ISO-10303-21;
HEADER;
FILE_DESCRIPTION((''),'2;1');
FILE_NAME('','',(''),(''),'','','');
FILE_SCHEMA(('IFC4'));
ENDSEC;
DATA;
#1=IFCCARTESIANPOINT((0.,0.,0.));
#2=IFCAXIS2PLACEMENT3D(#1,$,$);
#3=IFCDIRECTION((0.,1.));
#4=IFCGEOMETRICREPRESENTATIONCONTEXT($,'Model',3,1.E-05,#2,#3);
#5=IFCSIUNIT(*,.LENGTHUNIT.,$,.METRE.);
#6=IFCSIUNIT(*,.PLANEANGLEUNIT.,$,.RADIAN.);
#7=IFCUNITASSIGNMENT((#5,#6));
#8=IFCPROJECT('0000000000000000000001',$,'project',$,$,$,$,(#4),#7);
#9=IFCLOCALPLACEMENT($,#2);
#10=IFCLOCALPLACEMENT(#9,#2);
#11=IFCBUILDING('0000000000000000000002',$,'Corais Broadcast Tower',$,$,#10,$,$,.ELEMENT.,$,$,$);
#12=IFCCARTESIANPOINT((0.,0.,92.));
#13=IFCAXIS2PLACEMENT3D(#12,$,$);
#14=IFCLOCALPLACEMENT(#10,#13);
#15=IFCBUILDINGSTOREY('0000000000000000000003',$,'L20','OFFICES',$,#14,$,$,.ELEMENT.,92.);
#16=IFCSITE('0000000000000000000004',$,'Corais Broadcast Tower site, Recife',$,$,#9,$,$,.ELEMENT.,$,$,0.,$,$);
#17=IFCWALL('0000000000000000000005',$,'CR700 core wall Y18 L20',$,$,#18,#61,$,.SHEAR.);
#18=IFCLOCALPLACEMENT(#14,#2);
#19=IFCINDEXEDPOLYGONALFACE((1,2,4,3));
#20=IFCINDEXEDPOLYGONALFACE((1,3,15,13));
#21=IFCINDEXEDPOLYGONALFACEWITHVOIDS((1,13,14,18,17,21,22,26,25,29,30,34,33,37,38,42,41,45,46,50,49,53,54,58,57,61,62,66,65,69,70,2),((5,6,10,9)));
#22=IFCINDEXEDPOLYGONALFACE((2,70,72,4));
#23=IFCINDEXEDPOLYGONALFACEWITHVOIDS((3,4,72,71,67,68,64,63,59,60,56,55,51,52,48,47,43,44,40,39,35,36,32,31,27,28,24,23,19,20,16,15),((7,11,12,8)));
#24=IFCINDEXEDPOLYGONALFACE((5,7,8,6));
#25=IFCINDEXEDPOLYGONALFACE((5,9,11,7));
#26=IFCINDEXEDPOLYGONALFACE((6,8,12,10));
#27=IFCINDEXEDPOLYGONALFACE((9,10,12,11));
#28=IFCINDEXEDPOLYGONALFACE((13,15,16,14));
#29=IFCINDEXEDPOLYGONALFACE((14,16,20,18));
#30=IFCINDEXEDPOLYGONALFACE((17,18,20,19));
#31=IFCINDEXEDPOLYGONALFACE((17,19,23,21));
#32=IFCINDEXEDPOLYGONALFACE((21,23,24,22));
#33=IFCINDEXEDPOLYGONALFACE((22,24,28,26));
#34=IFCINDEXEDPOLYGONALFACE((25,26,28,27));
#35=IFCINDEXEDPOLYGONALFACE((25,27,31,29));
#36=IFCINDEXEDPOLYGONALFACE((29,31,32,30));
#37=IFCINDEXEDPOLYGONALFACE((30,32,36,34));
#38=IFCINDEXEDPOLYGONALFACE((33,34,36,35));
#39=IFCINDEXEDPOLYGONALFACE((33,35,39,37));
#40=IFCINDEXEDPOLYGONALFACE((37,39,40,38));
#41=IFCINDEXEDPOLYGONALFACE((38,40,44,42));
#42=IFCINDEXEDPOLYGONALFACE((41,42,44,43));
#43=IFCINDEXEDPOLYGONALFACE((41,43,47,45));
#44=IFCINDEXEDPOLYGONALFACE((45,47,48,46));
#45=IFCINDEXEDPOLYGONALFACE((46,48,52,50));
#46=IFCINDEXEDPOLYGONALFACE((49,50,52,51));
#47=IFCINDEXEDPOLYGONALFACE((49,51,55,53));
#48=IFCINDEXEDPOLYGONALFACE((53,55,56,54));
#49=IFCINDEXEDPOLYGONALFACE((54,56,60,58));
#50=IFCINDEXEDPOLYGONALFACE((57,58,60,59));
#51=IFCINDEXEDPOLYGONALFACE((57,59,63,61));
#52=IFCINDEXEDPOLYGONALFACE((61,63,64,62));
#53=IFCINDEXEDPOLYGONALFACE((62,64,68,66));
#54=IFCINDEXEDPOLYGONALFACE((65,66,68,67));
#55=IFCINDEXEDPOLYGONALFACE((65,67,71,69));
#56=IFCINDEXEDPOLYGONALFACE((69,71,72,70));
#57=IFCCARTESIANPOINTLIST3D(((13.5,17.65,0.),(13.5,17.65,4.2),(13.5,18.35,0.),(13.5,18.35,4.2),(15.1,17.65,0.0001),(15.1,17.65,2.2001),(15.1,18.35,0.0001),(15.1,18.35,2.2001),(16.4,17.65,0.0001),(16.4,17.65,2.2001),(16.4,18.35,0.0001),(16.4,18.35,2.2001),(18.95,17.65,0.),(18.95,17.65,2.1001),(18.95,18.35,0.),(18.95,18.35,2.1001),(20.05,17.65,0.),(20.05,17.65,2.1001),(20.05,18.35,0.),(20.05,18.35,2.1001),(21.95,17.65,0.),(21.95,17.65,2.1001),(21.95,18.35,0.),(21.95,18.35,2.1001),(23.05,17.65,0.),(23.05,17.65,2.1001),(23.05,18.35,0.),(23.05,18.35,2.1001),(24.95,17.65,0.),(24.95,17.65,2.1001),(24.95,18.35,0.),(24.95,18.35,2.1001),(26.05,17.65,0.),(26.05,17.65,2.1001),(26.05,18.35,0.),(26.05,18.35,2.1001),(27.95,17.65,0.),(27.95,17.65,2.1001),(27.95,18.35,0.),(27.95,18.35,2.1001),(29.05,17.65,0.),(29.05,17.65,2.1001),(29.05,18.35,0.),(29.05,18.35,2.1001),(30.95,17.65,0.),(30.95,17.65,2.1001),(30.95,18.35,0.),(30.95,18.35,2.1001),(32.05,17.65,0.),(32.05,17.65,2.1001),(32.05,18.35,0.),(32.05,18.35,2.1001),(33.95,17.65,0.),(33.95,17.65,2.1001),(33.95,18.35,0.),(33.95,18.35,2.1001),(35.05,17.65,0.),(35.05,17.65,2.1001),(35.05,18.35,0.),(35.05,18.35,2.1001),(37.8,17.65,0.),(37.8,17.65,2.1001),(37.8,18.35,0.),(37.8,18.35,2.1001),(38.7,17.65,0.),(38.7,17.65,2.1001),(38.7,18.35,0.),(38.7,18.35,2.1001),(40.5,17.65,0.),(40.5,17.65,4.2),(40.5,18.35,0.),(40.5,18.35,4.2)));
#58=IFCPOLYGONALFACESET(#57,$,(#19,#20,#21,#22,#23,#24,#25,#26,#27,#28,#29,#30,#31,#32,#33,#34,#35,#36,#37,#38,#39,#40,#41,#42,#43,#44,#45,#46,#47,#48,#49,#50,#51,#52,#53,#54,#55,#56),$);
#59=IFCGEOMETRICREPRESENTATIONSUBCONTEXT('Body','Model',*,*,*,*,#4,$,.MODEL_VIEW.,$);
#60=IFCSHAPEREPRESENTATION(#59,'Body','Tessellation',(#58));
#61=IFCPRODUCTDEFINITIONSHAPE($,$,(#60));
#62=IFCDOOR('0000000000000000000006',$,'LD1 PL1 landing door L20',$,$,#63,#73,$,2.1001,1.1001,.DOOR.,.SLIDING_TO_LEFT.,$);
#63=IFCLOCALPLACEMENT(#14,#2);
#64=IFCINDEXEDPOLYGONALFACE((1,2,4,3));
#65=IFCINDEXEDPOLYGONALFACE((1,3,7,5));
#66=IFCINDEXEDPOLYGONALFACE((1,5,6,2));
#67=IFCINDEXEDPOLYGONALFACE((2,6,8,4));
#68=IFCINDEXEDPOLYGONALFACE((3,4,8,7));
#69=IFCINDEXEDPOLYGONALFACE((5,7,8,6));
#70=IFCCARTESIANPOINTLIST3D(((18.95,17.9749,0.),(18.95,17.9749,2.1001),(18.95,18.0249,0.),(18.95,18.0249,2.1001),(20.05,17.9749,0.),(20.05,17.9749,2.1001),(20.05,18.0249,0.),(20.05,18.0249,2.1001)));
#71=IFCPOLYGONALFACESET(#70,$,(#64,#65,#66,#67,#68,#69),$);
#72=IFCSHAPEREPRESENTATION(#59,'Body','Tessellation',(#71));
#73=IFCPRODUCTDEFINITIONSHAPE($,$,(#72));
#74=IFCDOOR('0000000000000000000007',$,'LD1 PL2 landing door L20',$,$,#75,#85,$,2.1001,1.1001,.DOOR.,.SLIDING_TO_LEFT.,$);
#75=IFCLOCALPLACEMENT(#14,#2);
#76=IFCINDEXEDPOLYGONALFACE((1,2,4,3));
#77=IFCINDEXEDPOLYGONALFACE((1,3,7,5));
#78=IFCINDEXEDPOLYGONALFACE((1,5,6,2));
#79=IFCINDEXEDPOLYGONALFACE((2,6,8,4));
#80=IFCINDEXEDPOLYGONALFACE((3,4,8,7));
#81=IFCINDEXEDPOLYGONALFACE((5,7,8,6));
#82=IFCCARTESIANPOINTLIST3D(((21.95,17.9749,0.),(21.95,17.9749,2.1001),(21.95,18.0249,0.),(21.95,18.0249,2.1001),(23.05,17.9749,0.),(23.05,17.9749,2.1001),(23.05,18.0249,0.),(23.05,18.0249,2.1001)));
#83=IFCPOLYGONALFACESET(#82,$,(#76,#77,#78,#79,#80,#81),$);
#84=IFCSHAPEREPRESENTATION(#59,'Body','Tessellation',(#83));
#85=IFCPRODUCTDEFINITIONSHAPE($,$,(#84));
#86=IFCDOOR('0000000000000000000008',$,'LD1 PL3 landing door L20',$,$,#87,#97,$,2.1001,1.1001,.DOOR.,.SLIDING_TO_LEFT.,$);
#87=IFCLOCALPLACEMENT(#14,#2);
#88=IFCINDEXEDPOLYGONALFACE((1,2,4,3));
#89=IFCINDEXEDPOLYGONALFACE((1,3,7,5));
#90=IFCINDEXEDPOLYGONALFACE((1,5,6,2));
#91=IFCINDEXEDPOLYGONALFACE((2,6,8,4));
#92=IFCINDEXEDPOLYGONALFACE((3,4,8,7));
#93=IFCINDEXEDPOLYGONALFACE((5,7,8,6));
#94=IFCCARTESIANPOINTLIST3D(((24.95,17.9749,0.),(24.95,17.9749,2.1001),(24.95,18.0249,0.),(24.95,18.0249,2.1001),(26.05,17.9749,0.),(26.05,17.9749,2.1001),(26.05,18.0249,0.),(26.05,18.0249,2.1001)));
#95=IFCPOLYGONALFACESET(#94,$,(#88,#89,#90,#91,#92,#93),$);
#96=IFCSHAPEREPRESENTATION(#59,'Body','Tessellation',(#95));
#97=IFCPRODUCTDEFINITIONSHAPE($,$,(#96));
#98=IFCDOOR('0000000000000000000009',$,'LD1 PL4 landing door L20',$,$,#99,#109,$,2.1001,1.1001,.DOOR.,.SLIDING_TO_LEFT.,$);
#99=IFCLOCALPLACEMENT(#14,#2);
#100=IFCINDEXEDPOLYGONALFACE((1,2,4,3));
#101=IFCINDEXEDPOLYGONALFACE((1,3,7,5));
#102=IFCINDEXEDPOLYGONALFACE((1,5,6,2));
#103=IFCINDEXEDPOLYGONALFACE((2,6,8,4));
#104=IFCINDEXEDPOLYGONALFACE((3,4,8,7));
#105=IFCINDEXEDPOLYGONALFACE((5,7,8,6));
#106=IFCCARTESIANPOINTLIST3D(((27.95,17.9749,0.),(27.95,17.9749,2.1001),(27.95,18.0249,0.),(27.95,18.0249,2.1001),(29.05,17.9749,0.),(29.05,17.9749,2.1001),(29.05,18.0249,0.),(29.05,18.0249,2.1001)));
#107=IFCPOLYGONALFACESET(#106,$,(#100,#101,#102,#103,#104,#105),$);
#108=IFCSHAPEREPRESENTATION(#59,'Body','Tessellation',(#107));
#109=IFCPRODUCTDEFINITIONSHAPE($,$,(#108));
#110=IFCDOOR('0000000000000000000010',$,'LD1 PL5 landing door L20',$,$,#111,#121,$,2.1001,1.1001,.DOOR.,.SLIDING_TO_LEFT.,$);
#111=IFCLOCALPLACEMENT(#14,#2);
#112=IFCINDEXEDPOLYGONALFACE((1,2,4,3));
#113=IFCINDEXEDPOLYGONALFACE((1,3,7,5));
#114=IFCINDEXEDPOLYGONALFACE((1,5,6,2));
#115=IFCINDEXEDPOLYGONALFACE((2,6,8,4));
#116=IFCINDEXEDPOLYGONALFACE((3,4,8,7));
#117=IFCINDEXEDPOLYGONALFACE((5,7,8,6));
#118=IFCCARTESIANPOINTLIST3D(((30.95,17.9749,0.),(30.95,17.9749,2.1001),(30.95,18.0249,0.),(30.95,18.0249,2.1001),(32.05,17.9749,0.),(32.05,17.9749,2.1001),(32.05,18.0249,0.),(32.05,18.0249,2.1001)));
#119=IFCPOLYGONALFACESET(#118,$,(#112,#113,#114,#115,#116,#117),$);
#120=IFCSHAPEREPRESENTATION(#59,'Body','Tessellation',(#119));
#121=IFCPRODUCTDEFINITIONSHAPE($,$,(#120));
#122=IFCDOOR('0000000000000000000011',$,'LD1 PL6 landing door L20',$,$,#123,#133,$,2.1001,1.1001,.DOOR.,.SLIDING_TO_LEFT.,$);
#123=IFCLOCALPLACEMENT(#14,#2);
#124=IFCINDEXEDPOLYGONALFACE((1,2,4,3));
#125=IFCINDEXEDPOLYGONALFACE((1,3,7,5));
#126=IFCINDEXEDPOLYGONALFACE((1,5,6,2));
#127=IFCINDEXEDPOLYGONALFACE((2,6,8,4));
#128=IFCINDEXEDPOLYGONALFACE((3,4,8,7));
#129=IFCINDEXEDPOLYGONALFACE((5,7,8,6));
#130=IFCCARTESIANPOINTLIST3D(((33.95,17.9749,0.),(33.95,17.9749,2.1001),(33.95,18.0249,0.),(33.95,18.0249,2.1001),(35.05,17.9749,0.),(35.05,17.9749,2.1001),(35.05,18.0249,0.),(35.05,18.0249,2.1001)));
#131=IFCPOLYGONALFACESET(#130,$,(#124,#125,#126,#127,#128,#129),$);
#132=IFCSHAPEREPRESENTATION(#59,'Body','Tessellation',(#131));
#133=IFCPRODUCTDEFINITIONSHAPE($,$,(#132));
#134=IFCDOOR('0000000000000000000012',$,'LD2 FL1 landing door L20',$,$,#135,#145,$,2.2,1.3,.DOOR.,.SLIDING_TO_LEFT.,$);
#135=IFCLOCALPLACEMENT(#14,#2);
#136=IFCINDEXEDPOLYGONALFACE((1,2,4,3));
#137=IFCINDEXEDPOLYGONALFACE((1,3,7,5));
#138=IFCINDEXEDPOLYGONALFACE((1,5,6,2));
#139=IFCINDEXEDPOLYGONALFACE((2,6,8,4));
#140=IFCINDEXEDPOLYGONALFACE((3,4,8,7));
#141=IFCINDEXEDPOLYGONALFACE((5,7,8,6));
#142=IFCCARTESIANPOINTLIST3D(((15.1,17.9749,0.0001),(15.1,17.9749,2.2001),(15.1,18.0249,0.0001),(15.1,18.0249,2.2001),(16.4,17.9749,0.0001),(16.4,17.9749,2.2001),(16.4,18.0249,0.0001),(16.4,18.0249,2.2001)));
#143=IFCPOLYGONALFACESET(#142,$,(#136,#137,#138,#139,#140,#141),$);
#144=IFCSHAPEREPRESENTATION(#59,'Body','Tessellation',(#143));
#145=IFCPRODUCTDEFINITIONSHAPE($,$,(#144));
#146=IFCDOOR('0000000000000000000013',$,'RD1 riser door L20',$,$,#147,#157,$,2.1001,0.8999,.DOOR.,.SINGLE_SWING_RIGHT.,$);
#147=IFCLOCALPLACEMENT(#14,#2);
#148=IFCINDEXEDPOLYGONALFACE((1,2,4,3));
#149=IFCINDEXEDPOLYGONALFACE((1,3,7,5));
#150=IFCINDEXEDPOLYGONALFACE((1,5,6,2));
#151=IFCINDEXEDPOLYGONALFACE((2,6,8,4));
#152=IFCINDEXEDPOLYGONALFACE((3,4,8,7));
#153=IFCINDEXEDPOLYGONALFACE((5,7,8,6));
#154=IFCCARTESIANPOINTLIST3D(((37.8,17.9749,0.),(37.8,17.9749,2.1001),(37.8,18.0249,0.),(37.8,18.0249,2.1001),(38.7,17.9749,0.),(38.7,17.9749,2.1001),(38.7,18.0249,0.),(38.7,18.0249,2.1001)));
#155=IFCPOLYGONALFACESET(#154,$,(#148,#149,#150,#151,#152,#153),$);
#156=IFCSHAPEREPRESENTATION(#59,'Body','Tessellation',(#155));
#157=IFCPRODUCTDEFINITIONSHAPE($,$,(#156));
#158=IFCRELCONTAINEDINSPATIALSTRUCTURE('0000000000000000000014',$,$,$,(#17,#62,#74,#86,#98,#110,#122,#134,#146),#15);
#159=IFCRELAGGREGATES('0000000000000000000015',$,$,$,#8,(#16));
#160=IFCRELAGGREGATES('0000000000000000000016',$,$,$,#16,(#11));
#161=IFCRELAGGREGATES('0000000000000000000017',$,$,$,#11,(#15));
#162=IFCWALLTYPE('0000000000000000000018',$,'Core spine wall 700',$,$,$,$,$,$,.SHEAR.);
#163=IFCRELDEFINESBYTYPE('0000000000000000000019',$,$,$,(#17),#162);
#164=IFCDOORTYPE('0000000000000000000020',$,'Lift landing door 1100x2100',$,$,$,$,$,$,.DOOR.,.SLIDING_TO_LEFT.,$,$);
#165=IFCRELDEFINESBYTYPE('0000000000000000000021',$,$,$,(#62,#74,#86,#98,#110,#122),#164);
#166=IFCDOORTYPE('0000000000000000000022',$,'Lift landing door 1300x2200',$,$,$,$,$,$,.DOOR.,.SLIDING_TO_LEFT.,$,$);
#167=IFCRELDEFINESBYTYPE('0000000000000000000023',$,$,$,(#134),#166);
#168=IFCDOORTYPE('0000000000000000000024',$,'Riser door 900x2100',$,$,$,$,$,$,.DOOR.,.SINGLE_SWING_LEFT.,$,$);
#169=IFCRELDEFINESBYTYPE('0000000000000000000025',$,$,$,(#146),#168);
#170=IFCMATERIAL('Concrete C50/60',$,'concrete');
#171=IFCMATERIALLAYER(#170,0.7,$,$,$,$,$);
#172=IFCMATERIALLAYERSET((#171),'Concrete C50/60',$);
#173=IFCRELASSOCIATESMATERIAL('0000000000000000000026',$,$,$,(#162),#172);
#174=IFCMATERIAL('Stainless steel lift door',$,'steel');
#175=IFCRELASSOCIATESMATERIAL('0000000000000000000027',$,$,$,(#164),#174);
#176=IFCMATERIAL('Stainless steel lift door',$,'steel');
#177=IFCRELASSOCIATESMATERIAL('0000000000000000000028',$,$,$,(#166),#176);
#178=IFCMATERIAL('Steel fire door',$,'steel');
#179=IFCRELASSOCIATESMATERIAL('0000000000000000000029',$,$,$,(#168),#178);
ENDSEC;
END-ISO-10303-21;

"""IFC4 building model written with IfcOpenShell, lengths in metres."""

from ifc_helpers import new_model, si_unit, direction, frame, frame_2d, origin, place, context, subcontext, project, spatial, rectangle, extrude, material, layer, layer_set, type_object, element, fill, save


model = new_model("IFC4")

# Units and contexts
model_context = context("Model", 3, precision=1e-05, world=origin(), true_north=direction((0.0, 1.0)))
body_context = subcontext(model_context, "Body", "Model", "MODEL_VIEW")
ifc_project = project(units=[si_unit("LENGTHUNIT", "METRE"), si_unit("PLANEANGLEUNIT", "RADIAN")], contexts=[model_context])

# Site, building, storey
site_placement = place(None, origin())
site = spatial("IfcSite", under=ifc_project, at=site_placement, Name="Corais Broadcast Tower site, Recife", CompositionType="ELEMENT", RefElevation=0.0)
building_placement = place(site_placement, origin())
building = spatial("IfcBuilding", under=site, at=building_placement, Name="Corais Broadcast Tower", CompositionType="ELEMENT")
storey_placement = place(building_placement, frame((0.0, 0.0, 92.0)))
storey = spatial("IfcBuildingStorey", under=building, at=storey_placement, Name="L20", Description="OFFICES", CompositionType="ELEMENT", Elevation=92.0)

# Wall, openings, doors
ifc_material_1 = material(Name="Concrete C50/60", Category="concrete")
ifc_layer_1 = layer(ifc_material_1, 0.7)
ifc_layer_set_1 = layer_set([ifc_layer_1], Name="Concrete C50/60")
wall_type_1 = type_object("IfcWallType", Name="Core spine wall 700", PredefinedType="SHEAR", material=ifc_layer_set_1)
wall_1_placement = place(storey_placement, frame((13.5, 18.0, 0.0), z_axis=(0.0, 0.0, 1.0), x_axis=(1.0, 0.0, 0.0)))
wall_1 = element("IfcWall", 1, at=wall_1_placement, inside=storey, type_object=wall_type_1, Name="CR700 core wall Y18 L20", PredefinedType="SHEAR", context=body_context, shape_type="SweptSolid", body=[
    extrude(rectangle(XDim=27.0, YDim=0.7, at=frame_2d((13.5, 0.0))), origin(), (0.0, 0.0, 1.0), 4.2),
])
opening_1_placement = place(wall_1_placement, frame((24.3, 0.0, 0.0)))
opening_1 = element("IfcOpeningElement", 2, at=opening_1_placement, cuts=wall_1, PredefinedType="OPENING", context=body_context, shape_type="SweptSolid", body=[
    extrude(rectangle(XDim=0.8999, YDim=2.1001, at=frame_2d((0.45, 1.05))), frame((0.0, 0.3599, 0.0), z_axis=(0.0, -1.0, 0.0), x_axis=(1.0, 0.0, 0.0)), (0.0, 0.0, 1.0), 0.72),
])
opening_2_placement = place(wall_1_placement, frame((5.45, 0.0, 0.0)))
opening_2 = element("IfcOpeningElement", 3, at=opening_2_placement, cuts=wall_1, PredefinedType="OPENING", context=body_context, shape_type="SweptSolid", body=[
    extrude(rectangle(XDim=1.1001, YDim=2.1001, at=frame_2d((0.55, 1.05))), frame((0.0, 0.3599, 0.0), z_axis=(0.0, -1.0, 0.0), x_axis=(1.0, 0.0, 0.0)), (0.0, 0.0, 1.0), 0.72),
])
opening_3_placement = place(wall_1_placement, frame((8.45, 0.0, 0.0)))
opening_3 = element("IfcOpeningElement", 4, at=opening_3_placement, cuts=wall_1, PredefinedType="OPENING", context=body_context, shape_type="SweptSolid", body=[
    extrude(rectangle(XDim=1.1001, YDim=2.1001, at=frame_2d((0.55, 1.05))), frame((0.0, 0.3599, 0.0), z_axis=(0.0, -1.0, 0.0), x_axis=(1.0, 0.0, 0.0)), (0.0, 0.0, 1.0), 0.72),
])
opening_4_placement = place(wall_1_placement, frame((11.45, 0.0, 0.0)))
opening_4 = element("IfcOpeningElement", 5, at=opening_4_placement, cuts=wall_1, PredefinedType="OPENING", context=body_context, shape_type="SweptSolid", body=[
    extrude(rectangle(XDim=1.1001, YDim=2.1001, at=frame_2d((0.55, 1.05))), frame((0.0, 0.3599, 0.0), z_axis=(0.0, -1.0, 0.0), x_axis=(1.0, 0.0, 0.0)), (0.0, 0.0, 1.0), 0.72),
])
opening_5_placement = place(wall_1_placement, frame((14.45, 0.0, 0.0)))
opening_5 = element("IfcOpeningElement", 6, at=opening_5_placement, cuts=wall_1, PredefinedType="OPENING", context=body_context, shape_type="SweptSolid", body=[
    extrude(rectangle(XDim=1.1001, YDim=2.1001, at=frame_2d((0.55, 1.05))), frame((0.0, 0.3599, 0.0), z_axis=(0.0, -1.0, 0.0), x_axis=(1.0, 0.0, 0.0)), (0.0, 0.0, 1.0), 0.72),
])
opening_6_placement = place(wall_1_placement, frame((17.45, 0.0, 0.0)))
opening_6 = element("IfcOpeningElement", 7, at=opening_6_placement, cuts=wall_1, PredefinedType="OPENING", context=body_context, shape_type="SweptSolid", body=[
    extrude(rectangle(XDim=1.1001, YDim=2.1001, at=frame_2d((0.55, 1.05))), frame((0.0, 0.3599, 0.0), z_axis=(0.0, -1.0, 0.0), x_axis=(1.0, 0.0, 0.0)), (0.0, 0.0, 1.0), 0.72),
])
opening_7_placement = place(wall_1_placement, frame((20.45, 0.0, 0.0)))
opening_7 = element("IfcOpeningElement", 8, at=opening_7_placement, cuts=wall_1, PredefinedType="OPENING", context=body_context, shape_type="SweptSolid", body=[
    extrude(rectangle(XDim=1.1001, YDim=2.1001, at=frame_2d((0.55, 1.05))), frame((0.0, 0.3599, 0.0), z_axis=(0.0, -1.0, 0.0), x_axis=(1.0, 0.0, 0.0)), (0.0, 0.0, 1.0), 0.72),
])
opening_8_placement = place(wall_1_placement, frame((1.6001, 0.0, 0.0)))
opening_8 = element("IfcOpeningElement", 9, at=opening_8_placement, cuts=wall_1, PredefinedType="OPENING", context=body_context, shape_type="SweptSolid", body=[
    extrude(rectangle(XDim=1.3, YDim=2.2, at=frame_2d((0.6499, 1.1001))), frame((0.0, 0.3599, 0.0), z_axis=(0.0, -1.0, 0.0), x_axis=(1.0, 0.0, 0.0)), (0.0, 0.0, 1.0), 0.72),
])
ifc_material_2 = material(Name="Stainless steel lift door", Category="steel")
door_type_1 = type_object("IfcDoorType", Name="Lift landing door 1100x2100", OperationType="SLIDING_TO_LEFT", PredefinedType="DOOR", material=ifc_material_2)
door_1_placement = place(opening_2_placement, origin())
door_1 = element("IfcDoor", 10, at=door_1_placement, inside=storey, type_object=door_type_1, Name="LD1 PL1 landing door L20", OperationType="SLIDING_TO_LEFT", OverallHeight=2.1001, OverallWidth=1.1001, PredefinedType="DOOR", context=body_context, shape_type="SweptSolid", body=[
    extrude(rectangle(XDim=1.1001, YDim=2.1001, at=frame_2d((0.55, 1.05))), frame((0.0, 0.0249, 0.0), z_axis=(0.0, -1.0, 0.0), x_axis=(1.0, 0.0, 0.0)), (0.0, 0.0, 1.0), 0.05),
])
fill(opening_2, door_1)
door_2_placement = place(opening_3_placement, origin())
door_2 = element("IfcDoor", 11, at=door_2_placement, inside=storey, type_object=door_type_1, Name="LD1 PL2 landing door L20", OperationType="SLIDING_TO_LEFT", OverallHeight=2.1001, OverallWidth=1.1001, PredefinedType="DOOR", context=body_context, shape_type="SweptSolid", body=[
    extrude(rectangle(XDim=1.1001, YDim=2.1001, at=frame_2d((0.55, 1.05))), frame((0.0, 0.0249, 0.0), z_axis=(0.0, -1.0, 0.0), x_axis=(1.0, 0.0, 0.0)), (0.0, 0.0, 1.0), 0.05),
])
fill(opening_3, door_2)
door_3_placement = place(opening_4_placement, origin())
door_3 = element("IfcDoor", 12, at=door_3_placement, inside=storey, type_object=door_type_1, Name="LD1 PL3 landing door L20", OperationType="SLIDING_TO_LEFT", OverallHeight=2.1001, OverallWidth=1.1001, PredefinedType="DOOR", context=body_context, shape_type="SweptSolid", body=[
    extrude(rectangle(XDim=1.1001, YDim=2.1001, at=frame_2d((0.55, 1.05))), frame((0.0, 0.0249, 0.0), z_axis=(0.0, -1.0, 0.0), x_axis=(1.0, 0.0, 0.0)), (0.0, 0.0, 1.0), 0.05),
])
fill(opening_4, door_3)
door_4_placement = place(opening_5_placement, origin())
door_4 = element("IfcDoor", 13, at=door_4_placement, inside=storey, type_object=door_type_1, Name="LD1 PL4 landing door L20", OperationType="SLIDING_TO_LEFT", OverallHeight=2.1001, OverallWidth=1.1001, PredefinedType="DOOR", context=body_context, shape_type="SweptSolid", body=[
    extrude(rectangle(XDim=1.1001, YDim=2.1001, at=frame_2d((0.55, 1.05))), frame((0.0, 0.0249, 0.0), z_axis=(0.0, -1.0, 0.0), x_axis=(1.0, 0.0, 0.0)), (0.0, 0.0, 1.0), 0.05),
])
fill(opening_5, door_4)
door_5_placement = place(opening_6_placement, origin())
door_5 = element("IfcDoor", 14, at=door_5_placement, inside=storey, type_object=door_type_1, Name="LD1 PL5 landing door L20", OperationType="SLIDING_TO_LEFT", OverallHeight=2.1001, OverallWidth=1.1001, PredefinedType="DOOR", context=body_context, shape_type="SweptSolid", body=[
    extrude(rectangle(XDim=1.1001, YDim=2.1001, at=frame_2d((0.55, 1.05))), frame((0.0, 0.0249, 0.0), z_axis=(0.0, -1.0, 0.0), x_axis=(1.0, 0.0, 0.0)), (0.0, 0.0, 1.0), 0.05),
])
fill(opening_6, door_5)
door_6_placement = place(opening_7_placement, origin())
door_6 = element("IfcDoor", 15, at=door_6_placement, inside=storey, type_object=door_type_1, Name="LD1 PL6 landing door L20", OperationType="SLIDING_TO_LEFT", OverallHeight=2.1001, OverallWidth=1.1001, PredefinedType="DOOR", context=body_context, shape_type="SweptSolid", body=[
    extrude(rectangle(XDim=1.1001, YDim=2.1001, at=frame_2d((0.55, 1.05))), frame((0.0, 0.0249, 0.0), z_axis=(0.0, -1.0, 0.0), x_axis=(1.0, 0.0, 0.0)), (0.0, 0.0, 1.0), 0.05),
])
fill(opening_7, door_6)
ifc_material_3 = material(Name="Stainless steel lift door", Category="steel")
door_type_2 = type_object("IfcDoorType", Name="Lift landing door 1300x2200", OperationType="SLIDING_TO_LEFT", PredefinedType="DOOR", material=ifc_material_3)
door_7_placement = place(opening_8_placement, origin())
door_7 = element("IfcDoor", 16, at=door_7_placement, inside=storey, type_object=door_type_2, Name="LD2 FL1 landing door L20", OperationType="SLIDING_TO_LEFT", OverallHeight=2.2, OverallWidth=1.3, PredefinedType="DOOR", context=body_context, shape_type="SweptSolid", body=[
    extrude(rectangle(XDim=1.3, YDim=2.2, at=frame_2d((0.6499, 1.1001))), frame((0.0, 0.0249, 0.0), z_axis=(0.0, -1.0, 0.0), x_axis=(1.0, 0.0, 0.0)), (0.0, 0.0, 1.0), 0.05),
])
fill(opening_8, door_7)
ifc_material_4 = material(Name="Steel fire door", Category="steel")
door_type_3 = type_object("IfcDoorType", Name="Riser door 900x2100", OperationType="SINGLE_SWING_LEFT", PredefinedType="DOOR", material=ifc_material_4)
door_8_placement = place(opening_1_placement, origin())
door_8 = element("IfcDoor", 17, at=door_8_placement, inside=storey, type_object=door_type_3, Name="RD1 riser door L20", OperationType="SINGLE_SWING_RIGHT", OverallHeight=2.1001, OverallWidth=0.8999, PredefinedType="DOOR", context=body_context, shape_type="SweptSolid", body=[
    extrude(rectangle(XDim=0.8999, YDim=2.1001, at=frame_2d((0.45, 1.05))), frame((0.0, 0.0249, 0.0), z_axis=(0.0, -1.0, 0.0), x_axis=(1.0, 0.0, 0.0)), (0.0, 0.0, 1.0), 0.05),
])
fill(opening_1, door_8)

save(model, "model.ifc")
